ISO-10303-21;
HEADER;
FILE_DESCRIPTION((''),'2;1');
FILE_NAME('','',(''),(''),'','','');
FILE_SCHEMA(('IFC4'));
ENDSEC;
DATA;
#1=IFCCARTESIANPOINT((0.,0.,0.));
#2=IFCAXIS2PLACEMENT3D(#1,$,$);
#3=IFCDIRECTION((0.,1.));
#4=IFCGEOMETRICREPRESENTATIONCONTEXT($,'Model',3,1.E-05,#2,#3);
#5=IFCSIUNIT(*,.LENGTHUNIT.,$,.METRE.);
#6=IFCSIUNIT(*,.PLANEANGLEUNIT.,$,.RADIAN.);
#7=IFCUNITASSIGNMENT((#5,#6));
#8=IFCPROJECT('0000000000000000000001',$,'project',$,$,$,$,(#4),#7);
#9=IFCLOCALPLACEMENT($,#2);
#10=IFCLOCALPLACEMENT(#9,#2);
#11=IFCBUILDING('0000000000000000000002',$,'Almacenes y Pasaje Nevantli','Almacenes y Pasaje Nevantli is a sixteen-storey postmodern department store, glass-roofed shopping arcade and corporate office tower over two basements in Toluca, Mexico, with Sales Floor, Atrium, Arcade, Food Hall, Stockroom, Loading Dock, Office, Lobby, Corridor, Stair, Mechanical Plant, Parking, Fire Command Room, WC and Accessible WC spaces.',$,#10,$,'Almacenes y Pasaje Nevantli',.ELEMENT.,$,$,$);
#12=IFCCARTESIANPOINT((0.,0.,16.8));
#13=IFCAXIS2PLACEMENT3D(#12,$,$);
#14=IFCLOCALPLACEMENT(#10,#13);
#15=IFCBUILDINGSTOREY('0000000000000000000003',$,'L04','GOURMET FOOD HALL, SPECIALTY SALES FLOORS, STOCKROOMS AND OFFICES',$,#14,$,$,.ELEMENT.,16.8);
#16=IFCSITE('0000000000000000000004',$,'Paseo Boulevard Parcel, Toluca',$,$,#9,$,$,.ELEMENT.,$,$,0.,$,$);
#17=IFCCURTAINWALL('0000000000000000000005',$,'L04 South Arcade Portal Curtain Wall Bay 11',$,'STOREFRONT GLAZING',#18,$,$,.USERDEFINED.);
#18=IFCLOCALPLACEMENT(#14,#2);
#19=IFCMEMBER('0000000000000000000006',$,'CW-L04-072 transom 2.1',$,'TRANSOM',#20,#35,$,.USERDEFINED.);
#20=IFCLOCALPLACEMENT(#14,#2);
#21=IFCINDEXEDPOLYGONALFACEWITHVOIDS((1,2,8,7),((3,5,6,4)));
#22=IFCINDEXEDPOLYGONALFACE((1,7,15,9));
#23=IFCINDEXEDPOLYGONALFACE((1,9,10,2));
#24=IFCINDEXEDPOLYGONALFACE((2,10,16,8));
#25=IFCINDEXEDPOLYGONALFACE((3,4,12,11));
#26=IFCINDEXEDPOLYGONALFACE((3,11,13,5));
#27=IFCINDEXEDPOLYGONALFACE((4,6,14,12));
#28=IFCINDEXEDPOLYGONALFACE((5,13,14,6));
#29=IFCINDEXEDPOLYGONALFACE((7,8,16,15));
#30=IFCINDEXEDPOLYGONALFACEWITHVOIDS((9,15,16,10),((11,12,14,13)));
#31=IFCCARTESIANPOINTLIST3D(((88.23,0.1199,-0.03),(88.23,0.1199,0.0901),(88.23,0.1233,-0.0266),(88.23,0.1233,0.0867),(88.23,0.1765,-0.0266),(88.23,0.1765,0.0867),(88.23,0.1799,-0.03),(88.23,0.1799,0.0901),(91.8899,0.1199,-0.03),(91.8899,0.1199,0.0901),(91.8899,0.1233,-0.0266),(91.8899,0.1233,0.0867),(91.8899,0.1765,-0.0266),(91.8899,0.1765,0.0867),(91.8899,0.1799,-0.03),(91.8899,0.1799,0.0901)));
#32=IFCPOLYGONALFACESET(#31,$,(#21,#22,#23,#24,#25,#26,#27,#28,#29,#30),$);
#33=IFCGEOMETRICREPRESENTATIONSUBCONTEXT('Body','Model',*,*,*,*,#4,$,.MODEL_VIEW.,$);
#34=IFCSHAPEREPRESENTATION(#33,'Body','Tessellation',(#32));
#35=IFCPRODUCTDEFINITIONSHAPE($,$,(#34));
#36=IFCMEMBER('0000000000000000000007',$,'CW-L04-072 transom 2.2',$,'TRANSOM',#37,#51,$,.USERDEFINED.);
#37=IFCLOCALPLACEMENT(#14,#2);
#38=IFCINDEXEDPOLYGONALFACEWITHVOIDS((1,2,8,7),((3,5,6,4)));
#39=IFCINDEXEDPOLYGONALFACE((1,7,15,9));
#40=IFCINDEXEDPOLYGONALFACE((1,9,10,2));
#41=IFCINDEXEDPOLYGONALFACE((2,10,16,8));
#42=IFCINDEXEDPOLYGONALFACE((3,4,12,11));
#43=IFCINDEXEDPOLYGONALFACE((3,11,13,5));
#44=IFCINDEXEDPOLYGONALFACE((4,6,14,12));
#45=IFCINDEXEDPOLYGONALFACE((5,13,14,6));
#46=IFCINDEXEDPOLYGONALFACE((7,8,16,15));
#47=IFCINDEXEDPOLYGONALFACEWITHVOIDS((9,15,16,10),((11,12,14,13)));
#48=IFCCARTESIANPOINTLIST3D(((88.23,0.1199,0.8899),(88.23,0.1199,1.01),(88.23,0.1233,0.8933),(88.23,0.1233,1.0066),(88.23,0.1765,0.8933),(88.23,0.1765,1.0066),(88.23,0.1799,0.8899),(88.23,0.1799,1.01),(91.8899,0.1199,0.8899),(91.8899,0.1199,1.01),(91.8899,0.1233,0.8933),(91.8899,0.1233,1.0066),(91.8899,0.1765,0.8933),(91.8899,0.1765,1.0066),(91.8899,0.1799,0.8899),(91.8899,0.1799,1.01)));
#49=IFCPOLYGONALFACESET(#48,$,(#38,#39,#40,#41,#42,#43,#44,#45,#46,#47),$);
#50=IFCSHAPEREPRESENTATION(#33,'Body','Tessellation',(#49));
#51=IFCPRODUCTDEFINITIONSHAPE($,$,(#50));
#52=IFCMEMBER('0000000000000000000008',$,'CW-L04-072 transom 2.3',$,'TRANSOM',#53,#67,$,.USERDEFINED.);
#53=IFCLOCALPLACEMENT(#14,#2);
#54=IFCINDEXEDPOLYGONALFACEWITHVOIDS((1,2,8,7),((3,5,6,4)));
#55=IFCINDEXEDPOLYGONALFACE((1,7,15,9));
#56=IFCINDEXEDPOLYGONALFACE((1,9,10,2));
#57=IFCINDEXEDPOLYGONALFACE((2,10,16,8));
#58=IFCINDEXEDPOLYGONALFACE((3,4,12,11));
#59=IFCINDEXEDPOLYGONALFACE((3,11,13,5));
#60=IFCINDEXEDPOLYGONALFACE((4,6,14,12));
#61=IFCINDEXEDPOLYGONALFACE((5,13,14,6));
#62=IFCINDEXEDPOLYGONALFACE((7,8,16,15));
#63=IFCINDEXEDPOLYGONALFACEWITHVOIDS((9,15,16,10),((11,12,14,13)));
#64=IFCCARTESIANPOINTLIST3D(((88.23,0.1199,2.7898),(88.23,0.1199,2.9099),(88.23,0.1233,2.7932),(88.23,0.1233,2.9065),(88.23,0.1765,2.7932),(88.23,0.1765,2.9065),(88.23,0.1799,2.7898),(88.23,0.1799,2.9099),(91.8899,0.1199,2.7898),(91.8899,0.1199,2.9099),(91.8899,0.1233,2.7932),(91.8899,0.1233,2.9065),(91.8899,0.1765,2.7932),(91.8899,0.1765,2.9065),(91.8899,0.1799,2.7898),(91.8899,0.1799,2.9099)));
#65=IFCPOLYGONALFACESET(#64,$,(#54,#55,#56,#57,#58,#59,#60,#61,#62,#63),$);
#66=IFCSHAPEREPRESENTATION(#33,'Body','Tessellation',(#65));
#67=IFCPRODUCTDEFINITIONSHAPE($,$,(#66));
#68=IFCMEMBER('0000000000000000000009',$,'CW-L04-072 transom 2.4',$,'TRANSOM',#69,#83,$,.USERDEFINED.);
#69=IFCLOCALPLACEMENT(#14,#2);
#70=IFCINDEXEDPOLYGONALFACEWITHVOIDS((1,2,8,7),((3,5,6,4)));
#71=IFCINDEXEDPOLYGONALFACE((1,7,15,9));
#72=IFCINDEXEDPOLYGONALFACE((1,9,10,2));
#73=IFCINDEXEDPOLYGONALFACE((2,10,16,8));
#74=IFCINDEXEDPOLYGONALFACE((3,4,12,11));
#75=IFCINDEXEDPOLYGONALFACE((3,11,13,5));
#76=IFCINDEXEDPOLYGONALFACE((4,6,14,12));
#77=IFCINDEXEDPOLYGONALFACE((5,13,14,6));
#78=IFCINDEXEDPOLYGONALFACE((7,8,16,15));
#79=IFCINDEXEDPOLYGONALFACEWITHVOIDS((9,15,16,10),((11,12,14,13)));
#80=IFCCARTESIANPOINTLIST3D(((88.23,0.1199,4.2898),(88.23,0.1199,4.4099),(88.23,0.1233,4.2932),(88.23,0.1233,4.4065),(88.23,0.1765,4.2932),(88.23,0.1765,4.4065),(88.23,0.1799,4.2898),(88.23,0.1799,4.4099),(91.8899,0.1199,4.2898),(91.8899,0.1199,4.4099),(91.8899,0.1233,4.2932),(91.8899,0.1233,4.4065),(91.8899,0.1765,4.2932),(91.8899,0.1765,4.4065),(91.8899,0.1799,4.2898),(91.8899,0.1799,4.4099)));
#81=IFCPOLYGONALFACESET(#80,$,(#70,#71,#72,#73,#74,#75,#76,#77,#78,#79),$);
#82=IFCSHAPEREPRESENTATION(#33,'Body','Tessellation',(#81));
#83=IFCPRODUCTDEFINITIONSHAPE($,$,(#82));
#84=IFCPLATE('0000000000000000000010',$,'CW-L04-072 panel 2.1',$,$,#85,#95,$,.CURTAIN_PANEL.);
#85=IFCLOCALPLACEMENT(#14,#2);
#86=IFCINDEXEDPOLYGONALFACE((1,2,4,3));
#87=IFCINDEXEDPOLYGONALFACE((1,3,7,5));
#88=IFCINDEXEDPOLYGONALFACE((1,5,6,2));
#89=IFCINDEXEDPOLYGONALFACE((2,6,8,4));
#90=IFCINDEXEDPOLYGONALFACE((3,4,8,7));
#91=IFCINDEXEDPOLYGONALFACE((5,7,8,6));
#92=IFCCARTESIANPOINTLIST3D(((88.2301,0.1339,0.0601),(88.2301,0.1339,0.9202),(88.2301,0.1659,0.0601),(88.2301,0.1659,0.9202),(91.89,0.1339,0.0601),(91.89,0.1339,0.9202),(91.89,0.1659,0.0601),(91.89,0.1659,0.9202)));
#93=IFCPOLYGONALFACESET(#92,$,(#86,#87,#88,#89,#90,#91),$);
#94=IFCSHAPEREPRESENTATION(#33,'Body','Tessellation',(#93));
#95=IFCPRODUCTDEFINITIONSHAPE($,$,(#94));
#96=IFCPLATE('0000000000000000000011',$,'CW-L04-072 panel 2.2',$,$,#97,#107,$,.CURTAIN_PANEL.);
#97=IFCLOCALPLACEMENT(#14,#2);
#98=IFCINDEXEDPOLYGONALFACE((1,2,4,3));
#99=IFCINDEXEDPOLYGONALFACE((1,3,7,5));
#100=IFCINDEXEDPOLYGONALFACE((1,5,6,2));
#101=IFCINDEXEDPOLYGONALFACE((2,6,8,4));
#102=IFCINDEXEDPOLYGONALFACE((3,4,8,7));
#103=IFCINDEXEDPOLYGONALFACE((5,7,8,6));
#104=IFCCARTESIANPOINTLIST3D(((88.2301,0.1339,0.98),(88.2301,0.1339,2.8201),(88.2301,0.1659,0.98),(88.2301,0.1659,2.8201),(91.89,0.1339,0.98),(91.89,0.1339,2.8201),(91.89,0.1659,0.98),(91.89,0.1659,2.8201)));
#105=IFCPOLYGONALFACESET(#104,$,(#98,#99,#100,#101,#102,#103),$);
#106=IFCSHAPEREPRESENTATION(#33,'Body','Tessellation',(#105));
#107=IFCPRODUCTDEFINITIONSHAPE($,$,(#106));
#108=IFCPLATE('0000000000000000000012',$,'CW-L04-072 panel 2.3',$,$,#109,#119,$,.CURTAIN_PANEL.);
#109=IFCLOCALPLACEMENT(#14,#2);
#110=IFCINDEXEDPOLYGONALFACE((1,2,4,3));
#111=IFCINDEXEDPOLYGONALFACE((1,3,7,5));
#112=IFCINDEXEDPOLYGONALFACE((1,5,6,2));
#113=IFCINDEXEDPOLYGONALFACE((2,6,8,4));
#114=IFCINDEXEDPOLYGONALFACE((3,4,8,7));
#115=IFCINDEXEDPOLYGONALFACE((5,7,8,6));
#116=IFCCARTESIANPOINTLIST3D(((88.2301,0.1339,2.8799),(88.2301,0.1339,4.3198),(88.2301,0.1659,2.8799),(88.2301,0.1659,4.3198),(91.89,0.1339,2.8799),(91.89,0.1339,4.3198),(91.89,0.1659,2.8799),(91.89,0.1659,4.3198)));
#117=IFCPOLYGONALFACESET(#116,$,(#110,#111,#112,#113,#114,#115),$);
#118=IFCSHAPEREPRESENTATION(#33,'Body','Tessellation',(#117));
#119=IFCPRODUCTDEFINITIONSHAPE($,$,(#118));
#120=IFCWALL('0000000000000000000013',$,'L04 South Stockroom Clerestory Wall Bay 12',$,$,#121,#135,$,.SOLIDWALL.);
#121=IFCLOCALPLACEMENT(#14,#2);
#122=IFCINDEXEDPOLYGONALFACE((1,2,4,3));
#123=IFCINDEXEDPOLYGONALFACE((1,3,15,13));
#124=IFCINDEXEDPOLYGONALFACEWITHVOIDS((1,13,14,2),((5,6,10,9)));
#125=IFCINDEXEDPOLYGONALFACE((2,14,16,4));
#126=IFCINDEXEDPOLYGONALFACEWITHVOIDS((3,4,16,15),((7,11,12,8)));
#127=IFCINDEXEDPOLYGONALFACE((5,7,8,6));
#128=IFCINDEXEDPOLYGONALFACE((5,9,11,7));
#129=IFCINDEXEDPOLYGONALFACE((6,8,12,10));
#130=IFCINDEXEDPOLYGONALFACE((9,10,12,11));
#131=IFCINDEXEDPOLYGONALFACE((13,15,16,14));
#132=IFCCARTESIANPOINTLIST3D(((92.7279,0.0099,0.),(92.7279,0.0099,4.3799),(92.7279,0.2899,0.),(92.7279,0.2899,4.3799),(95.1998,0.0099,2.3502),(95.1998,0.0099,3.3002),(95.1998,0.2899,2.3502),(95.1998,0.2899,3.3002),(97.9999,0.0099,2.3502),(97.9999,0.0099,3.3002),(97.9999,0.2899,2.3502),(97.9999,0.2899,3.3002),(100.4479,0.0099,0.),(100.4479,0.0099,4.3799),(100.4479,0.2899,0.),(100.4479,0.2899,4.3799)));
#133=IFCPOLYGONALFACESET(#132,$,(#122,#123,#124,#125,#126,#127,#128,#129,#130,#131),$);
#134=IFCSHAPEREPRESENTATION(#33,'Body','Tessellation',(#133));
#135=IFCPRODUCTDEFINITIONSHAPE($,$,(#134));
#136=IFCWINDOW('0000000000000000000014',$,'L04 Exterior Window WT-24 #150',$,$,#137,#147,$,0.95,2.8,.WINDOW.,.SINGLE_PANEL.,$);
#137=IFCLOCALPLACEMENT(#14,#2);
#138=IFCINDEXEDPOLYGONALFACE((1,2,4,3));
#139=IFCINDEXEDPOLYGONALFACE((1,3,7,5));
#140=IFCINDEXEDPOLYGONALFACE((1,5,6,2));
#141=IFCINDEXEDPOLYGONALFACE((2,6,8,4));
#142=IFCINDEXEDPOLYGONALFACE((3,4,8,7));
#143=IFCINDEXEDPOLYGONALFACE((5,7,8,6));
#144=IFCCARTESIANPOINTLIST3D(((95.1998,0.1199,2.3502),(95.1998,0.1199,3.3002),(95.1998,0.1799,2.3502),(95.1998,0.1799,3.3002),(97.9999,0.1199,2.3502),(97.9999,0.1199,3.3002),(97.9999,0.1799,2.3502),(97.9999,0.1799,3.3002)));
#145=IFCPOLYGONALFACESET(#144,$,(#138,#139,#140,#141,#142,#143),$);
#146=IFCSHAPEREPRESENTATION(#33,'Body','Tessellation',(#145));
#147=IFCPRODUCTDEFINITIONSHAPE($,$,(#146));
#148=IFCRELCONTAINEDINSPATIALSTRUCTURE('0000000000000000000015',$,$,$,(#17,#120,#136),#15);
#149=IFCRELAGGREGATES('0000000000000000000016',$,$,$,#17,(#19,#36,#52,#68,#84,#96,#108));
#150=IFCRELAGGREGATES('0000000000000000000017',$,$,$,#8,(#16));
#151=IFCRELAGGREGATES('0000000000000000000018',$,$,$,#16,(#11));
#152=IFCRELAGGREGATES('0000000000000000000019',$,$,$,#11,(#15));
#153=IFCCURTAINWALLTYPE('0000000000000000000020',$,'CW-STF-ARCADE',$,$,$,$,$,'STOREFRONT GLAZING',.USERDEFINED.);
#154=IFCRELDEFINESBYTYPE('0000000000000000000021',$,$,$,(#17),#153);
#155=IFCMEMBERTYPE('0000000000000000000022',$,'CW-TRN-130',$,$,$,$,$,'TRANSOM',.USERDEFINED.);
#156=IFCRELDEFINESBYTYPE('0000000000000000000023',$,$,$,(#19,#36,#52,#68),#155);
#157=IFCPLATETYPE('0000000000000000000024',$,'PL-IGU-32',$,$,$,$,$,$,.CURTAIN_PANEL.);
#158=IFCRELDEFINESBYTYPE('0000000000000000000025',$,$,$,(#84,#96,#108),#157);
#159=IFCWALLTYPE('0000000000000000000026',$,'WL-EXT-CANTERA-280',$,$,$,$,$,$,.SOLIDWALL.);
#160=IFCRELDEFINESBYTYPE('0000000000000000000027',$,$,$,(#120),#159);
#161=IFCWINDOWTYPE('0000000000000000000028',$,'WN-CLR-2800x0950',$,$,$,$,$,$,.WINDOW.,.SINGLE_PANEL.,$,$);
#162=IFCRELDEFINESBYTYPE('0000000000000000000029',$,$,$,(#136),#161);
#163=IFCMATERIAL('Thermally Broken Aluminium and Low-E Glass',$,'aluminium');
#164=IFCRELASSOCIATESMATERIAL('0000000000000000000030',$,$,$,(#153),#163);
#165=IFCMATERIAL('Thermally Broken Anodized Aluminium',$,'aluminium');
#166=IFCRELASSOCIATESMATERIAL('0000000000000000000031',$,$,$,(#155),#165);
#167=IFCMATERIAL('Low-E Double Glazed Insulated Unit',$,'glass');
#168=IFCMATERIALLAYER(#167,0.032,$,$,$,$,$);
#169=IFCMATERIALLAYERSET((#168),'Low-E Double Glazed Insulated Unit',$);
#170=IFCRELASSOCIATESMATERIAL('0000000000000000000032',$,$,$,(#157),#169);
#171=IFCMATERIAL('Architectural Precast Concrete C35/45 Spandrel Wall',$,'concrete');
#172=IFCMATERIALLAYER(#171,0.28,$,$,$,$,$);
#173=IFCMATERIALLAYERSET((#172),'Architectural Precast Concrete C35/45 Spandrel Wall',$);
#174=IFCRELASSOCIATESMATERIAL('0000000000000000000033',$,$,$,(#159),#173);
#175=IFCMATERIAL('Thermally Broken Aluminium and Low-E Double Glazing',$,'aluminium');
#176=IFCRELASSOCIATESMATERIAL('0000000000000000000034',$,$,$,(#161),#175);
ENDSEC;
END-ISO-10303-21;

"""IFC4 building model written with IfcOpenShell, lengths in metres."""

from ifc_helpers import new_model, si_unit, direction, frame, frame_2d, origin, origin_2d, place, context, subcontext, project, spatial, rectangle, hollow_rectangle, extrude, material, layer, layer_set, material_profile, profile_set, type_object, element, fill, aggregate, save


model = new_model("IFC4")

# Units and contexts
model_context = context("Model", 3, precision=1e-05, world=origin(), true_north=direction((0.0, 1.0)))
body_context = subcontext(model_context, "Body", "Model", "MODEL_VIEW")
ifc_project = project(units=[si_unit("LENGTHUNIT", "METRE"), si_unit("PLANEANGLEUNIT", "RADIAN")], contexts=[model_context])

# Site, building, storey
site_placement = place(None, origin())
site = spatial("IfcSite", under=ifc_project, at=site_placement, Name="Paseo Boulevard Parcel, Toluca", CompositionType="ELEMENT", RefElevation=0.0)
building_placement = place(site_placement, origin())
building = spatial("IfcBuilding", under=site, at=building_placement, Name="Almacenes y Pasaje Nevantli", Description="Almacenes y Pasaje Nevantli is a sixteen-storey postmodern department store, glass-roofed shopping arcade and corporate office tower over two basements in Toluca, Mexico, with Sales Floor, Atrium, Arcade, Food Hall, Stockroom, Loading Dock, Office, Lobby, Corridor, Stair, Mechanical Plant, Parking, Fire Command Room, WC and Accessible WC spaces.", LongName="Almacenes y Pasaje Nevantli", CompositionType="ELEMENT")
storey_placement = place(building_placement, frame((0.0, 0.0, 16.8)))
storey = spatial("IfcBuildingStorey", under=building, at=storey_placement, Name="L04", Description="GOURMET FOOD HALL, SPECIALTY SALES FLOORS, STOCKROOMS AND OFFICES", CompositionType="ELEMENT", Elevation=16.8)

# Curtain wall, members, plates
ifc_material_1 = material(Name="Thermally Broken Aluminium and Low-E Glass", Category="aluminium")
curtain_wall_type = type_object("IfcCurtainWallType", Name="CW-STF-ARCADE", ElementType="STOREFRONT GLAZING", PredefinedType="USERDEFINED", material=ifc_material_1)
curtain_wall_placement = place(storey_placement, origin())
curtain_wall = element("IfcCurtainWall", 1, at=curtain_wall_placement, inside=storey, type_object=curtain_wall_type, Name="L04 South Arcade Portal Curtain Wall Bay 11", ObjectType="STOREFRONT GLAZING", PredefinedType="USERDEFINED")
ifc_material_2 = material(Name="Thermally Broken Anodized Aluminium", Category="aluminium")
ifc_material_profile_1 = material_profile(ifc_material_2, hollow_rectangle(XDim=0.0601, YDim=0.1201, WallThickness=0.0034, at=origin_2d()), Name="ALU-TRN-60x120")
ifc_profile_set_1 = profile_set([ifc_material_profile_1], Name="Thermally Broken Anodized Aluminium")
member_type_1 = type_object("IfcMemberType", Name="CW-TRN-130", ElementType="TRANSOM", PredefinedType="USERDEFINED", material=ifc_profile_set_1)
member_1_placement = place(storey_placement, frame((88.23, 0.1499, 0.03), z_axis=(1.0, 0.0, 0.0), x_axis=(0.0, 1.0, 0.0)))
member_1 = element("IfcMember", 2, at=member_1_placement, type_object=member_type_1, Name="CW-L04-072 transom 2.1", ObjectType="TRANSOM", PredefinedType="USERDEFINED", context=body_context, shape_type="SweptSolid", body=[
    extrude(hollow_rectangle(XDim=0.0601, YDim=0.1201, WallThickness=0.0034, at=origin_2d()), origin(), (0.0, 0.0, 1.0), 3.6599),
])
member_2_placement = place(storey_placement, frame((88.23, 0.1499, 0.95), z_axis=(1.0, 0.0, 0.0), x_axis=(0.0, 1.0, 0.0)))
member_2 = element("IfcMember", 3, at=member_2_placement, type_object=member_type_1, Name="CW-L04-072 transom 2.2", ObjectType="TRANSOM", PredefinedType="USERDEFINED", context=body_context, shape_type="SweptSolid", body=[
    extrude(hollow_rectangle(XDim=0.0601, YDim=0.1201, WallThickness=0.0034, at=origin_2d()), origin(), (0.0, 0.0, 1.0), 3.6599),
])
member_3_placement = place(storey_placement, frame((88.23, 0.1499, 2.8499), z_axis=(1.0, 0.0, 0.0), x_axis=(0.0, 1.0, 0.0)))
member_3 = element("IfcMember", 4, at=member_3_placement, type_object=member_type_1, Name="CW-L04-072 transom 2.3", ObjectType="TRANSOM", PredefinedType="USERDEFINED", context=body_context, shape_type="SweptSolid", body=[
    extrude(hollow_rectangle(XDim=0.0601, YDim=0.1201, WallThickness=0.0034, at=origin_2d()), origin(), (0.0, 0.0, 1.0), 3.6599),
])
member_4_placement = place(storey_placement, frame((88.23, 0.1499, 4.3499), z_axis=(1.0, 0.0, 0.0), x_axis=(0.0, 1.0, 0.0)))
member_4 = element("IfcMember", 5, at=member_4_placement, type_object=member_type_1, Name="CW-L04-072 transom 2.4", ObjectType="TRANSOM", PredefinedType="USERDEFINED", context=body_context, shape_type="SweptSolid", body=[
    extrude(hollow_rectangle(XDim=0.0601, YDim=0.1201, WallThickness=0.0034, at=origin_2d()), origin(), (0.0, 0.0, 1.0), 3.6599),
])
ifc_material_3 = material(Name="Low-E Double Glazed Insulated Unit", Category="glass")
ifc_layer_1 = layer(ifc_material_3, 0.032)
ifc_layer_set_1 = layer_set([ifc_layer_1], Name="Low-E Double Glazed Insulated Unit")
plate_type = type_object("IfcPlateType", Name="PL-IGU-32", PredefinedType="CURTAIN_PANEL", material=ifc_layer_set_1)
plate_1_placement = place(storey_placement, frame((90.0601, 0.1499, 0.0601), z_axis=(0.0, 0.0, 1.0), x_axis=(1.0, 0.0, 0.0)))
plate_1 = element("IfcPlate", 6, at=plate_1_placement, type_object=plate_type, Name="CW-L04-072 panel 2.1", PredefinedType="CURTAIN_PANEL", context=body_context, shape_type="SweptSolid", body=[
    extrude(rectangle(XDim=3.6599, YDim=0.032, at=origin_2d()), origin(), (0.0, 0.0, 1.0), 0.8601),
])
plate_2_placement = place(storey_placement, frame((90.0601, 0.1499, 0.98), z_axis=(0.0, 0.0, 1.0), x_axis=(1.0, 0.0, 0.0)))
plate_2 = element("IfcPlate", 7, at=plate_2_placement, type_object=plate_type, Name="CW-L04-072 panel 2.2", PredefinedType="CURTAIN_PANEL", context=body_context, shape_type="SweptSolid", body=[
    extrude(rectangle(XDim=3.6599, YDim=0.032, at=origin_2d()), origin(), (0.0, 0.0, 1.0), 1.8401),
])
plate_3_placement = place(storey_placement, frame((90.0601, 0.1499, 2.8799), z_axis=(0.0, 0.0, 1.0), x_axis=(1.0, 0.0, 0.0)))
plate_3 = element("IfcPlate", 8, at=plate_3_placement, type_object=plate_type, Name="CW-L04-072 panel 2.3", PredefinedType="CURTAIN_PANEL", context=body_context, shape_type="SweptSolid", body=[
    extrude(rectangle(XDim=3.6599, YDim=0.032, at=origin_2d()), origin(), (0.0, 0.0, 1.0), 1.4399),
])
aggregate(curtain_wall, [member_1, member_2, member_3, member_4, plate_1, plate_2, plate_3])

# Wall, opening, window
ifc_material_4 = material(Name="Architectural Precast Concrete C35/45 Spandrel Wall", Category="concrete")
ifc_layer_2 = layer(ifc_material_4, 0.28)
ifc_layer_set_2 = layer_set([ifc_layer_2], Name="Architectural Precast Concrete C35/45 Spandrel Wall")
wall_type = type_object("IfcWallType", Name="WL-EXT-CANTERA-280", PredefinedType="SOLIDWALL", material=ifc_layer_set_2)
wall_placement = place(storey_placement, frame((92.728, 0.1499, 0.0), z_axis=(0.0, 0.0, 1.0), x_axis=(1.0, 0.0, 0.0)))
wall = element("IfcWall", 9, at=wall_placement, inside=storey, type_object=wall_type, Name="L04 South Stockroom Clerestory Wall Bay 12", PredefinedType="SOLIDWALL", context=body_context, shape_type="SweptSolid", body=[
    extrude(rectangle(XDim=7.72, YDim=0.28, at=frame_2d((3.8599, 0.0))), origin(), (0.0, 0.0, 1.0), 4.3799),
])
opening_placement = place(wall_placement, frame((2.4719, 0.0, 2.3501)))
opening = element("IfcOpeningElement", 10, at=opening_placement, cuts=wall, PredefinedType="OPENING", context=body_context, shape_type="SweptSolid", body=[
    extrude(rectangle(XDim=2.8, YDim=0.95, at=frame_2d((1.3999, 0.4751))), frame((0.0, 0.1499, 0.0), z_axis=(0.0, -1.0, 0.0), x_axis=(1.0, 0.0, 0.0)), (0.0, 0.0, 1.0), 0.3),
])
ifc_material_5 = material(Name="Thermally Broken Aluminium and Low-E Double Glazing", Category="aluminium")
window_type = type_object("IfcWindowType", Name="WN-CLR-2800x0950", PartitioningType="SINGLE_PANEL", PredefinedType="WINDOW", material=ifc_material_5)
window_placement = place(opening_placement, origin())
window = element("IfcWindow", 11, at=window_placement, inside=storey, type_object=window_type, Name="L04 Exterior Window WT-24 #150", OverallHeight=0.95, OverallWidth=2.8, PartitioningType="SINGLE_PANEL", PredefinedType="WINDOW", context=body_context, shape_type="SweptSolid", body=[
    extrude(rectangle(XDim=2.8, YDim=0.95, at=frame_2d((1.3999, 0.4751))), frame((0.0, 0.03, 0.0), z_axis=(0.0, -1.0, 0.0), x_axis=(1.0, 0.0, 0.0)), (0.0, 0.0, 1.0), 0.0601),
])
fill(opening, window)

save(model, "model.ifc")
